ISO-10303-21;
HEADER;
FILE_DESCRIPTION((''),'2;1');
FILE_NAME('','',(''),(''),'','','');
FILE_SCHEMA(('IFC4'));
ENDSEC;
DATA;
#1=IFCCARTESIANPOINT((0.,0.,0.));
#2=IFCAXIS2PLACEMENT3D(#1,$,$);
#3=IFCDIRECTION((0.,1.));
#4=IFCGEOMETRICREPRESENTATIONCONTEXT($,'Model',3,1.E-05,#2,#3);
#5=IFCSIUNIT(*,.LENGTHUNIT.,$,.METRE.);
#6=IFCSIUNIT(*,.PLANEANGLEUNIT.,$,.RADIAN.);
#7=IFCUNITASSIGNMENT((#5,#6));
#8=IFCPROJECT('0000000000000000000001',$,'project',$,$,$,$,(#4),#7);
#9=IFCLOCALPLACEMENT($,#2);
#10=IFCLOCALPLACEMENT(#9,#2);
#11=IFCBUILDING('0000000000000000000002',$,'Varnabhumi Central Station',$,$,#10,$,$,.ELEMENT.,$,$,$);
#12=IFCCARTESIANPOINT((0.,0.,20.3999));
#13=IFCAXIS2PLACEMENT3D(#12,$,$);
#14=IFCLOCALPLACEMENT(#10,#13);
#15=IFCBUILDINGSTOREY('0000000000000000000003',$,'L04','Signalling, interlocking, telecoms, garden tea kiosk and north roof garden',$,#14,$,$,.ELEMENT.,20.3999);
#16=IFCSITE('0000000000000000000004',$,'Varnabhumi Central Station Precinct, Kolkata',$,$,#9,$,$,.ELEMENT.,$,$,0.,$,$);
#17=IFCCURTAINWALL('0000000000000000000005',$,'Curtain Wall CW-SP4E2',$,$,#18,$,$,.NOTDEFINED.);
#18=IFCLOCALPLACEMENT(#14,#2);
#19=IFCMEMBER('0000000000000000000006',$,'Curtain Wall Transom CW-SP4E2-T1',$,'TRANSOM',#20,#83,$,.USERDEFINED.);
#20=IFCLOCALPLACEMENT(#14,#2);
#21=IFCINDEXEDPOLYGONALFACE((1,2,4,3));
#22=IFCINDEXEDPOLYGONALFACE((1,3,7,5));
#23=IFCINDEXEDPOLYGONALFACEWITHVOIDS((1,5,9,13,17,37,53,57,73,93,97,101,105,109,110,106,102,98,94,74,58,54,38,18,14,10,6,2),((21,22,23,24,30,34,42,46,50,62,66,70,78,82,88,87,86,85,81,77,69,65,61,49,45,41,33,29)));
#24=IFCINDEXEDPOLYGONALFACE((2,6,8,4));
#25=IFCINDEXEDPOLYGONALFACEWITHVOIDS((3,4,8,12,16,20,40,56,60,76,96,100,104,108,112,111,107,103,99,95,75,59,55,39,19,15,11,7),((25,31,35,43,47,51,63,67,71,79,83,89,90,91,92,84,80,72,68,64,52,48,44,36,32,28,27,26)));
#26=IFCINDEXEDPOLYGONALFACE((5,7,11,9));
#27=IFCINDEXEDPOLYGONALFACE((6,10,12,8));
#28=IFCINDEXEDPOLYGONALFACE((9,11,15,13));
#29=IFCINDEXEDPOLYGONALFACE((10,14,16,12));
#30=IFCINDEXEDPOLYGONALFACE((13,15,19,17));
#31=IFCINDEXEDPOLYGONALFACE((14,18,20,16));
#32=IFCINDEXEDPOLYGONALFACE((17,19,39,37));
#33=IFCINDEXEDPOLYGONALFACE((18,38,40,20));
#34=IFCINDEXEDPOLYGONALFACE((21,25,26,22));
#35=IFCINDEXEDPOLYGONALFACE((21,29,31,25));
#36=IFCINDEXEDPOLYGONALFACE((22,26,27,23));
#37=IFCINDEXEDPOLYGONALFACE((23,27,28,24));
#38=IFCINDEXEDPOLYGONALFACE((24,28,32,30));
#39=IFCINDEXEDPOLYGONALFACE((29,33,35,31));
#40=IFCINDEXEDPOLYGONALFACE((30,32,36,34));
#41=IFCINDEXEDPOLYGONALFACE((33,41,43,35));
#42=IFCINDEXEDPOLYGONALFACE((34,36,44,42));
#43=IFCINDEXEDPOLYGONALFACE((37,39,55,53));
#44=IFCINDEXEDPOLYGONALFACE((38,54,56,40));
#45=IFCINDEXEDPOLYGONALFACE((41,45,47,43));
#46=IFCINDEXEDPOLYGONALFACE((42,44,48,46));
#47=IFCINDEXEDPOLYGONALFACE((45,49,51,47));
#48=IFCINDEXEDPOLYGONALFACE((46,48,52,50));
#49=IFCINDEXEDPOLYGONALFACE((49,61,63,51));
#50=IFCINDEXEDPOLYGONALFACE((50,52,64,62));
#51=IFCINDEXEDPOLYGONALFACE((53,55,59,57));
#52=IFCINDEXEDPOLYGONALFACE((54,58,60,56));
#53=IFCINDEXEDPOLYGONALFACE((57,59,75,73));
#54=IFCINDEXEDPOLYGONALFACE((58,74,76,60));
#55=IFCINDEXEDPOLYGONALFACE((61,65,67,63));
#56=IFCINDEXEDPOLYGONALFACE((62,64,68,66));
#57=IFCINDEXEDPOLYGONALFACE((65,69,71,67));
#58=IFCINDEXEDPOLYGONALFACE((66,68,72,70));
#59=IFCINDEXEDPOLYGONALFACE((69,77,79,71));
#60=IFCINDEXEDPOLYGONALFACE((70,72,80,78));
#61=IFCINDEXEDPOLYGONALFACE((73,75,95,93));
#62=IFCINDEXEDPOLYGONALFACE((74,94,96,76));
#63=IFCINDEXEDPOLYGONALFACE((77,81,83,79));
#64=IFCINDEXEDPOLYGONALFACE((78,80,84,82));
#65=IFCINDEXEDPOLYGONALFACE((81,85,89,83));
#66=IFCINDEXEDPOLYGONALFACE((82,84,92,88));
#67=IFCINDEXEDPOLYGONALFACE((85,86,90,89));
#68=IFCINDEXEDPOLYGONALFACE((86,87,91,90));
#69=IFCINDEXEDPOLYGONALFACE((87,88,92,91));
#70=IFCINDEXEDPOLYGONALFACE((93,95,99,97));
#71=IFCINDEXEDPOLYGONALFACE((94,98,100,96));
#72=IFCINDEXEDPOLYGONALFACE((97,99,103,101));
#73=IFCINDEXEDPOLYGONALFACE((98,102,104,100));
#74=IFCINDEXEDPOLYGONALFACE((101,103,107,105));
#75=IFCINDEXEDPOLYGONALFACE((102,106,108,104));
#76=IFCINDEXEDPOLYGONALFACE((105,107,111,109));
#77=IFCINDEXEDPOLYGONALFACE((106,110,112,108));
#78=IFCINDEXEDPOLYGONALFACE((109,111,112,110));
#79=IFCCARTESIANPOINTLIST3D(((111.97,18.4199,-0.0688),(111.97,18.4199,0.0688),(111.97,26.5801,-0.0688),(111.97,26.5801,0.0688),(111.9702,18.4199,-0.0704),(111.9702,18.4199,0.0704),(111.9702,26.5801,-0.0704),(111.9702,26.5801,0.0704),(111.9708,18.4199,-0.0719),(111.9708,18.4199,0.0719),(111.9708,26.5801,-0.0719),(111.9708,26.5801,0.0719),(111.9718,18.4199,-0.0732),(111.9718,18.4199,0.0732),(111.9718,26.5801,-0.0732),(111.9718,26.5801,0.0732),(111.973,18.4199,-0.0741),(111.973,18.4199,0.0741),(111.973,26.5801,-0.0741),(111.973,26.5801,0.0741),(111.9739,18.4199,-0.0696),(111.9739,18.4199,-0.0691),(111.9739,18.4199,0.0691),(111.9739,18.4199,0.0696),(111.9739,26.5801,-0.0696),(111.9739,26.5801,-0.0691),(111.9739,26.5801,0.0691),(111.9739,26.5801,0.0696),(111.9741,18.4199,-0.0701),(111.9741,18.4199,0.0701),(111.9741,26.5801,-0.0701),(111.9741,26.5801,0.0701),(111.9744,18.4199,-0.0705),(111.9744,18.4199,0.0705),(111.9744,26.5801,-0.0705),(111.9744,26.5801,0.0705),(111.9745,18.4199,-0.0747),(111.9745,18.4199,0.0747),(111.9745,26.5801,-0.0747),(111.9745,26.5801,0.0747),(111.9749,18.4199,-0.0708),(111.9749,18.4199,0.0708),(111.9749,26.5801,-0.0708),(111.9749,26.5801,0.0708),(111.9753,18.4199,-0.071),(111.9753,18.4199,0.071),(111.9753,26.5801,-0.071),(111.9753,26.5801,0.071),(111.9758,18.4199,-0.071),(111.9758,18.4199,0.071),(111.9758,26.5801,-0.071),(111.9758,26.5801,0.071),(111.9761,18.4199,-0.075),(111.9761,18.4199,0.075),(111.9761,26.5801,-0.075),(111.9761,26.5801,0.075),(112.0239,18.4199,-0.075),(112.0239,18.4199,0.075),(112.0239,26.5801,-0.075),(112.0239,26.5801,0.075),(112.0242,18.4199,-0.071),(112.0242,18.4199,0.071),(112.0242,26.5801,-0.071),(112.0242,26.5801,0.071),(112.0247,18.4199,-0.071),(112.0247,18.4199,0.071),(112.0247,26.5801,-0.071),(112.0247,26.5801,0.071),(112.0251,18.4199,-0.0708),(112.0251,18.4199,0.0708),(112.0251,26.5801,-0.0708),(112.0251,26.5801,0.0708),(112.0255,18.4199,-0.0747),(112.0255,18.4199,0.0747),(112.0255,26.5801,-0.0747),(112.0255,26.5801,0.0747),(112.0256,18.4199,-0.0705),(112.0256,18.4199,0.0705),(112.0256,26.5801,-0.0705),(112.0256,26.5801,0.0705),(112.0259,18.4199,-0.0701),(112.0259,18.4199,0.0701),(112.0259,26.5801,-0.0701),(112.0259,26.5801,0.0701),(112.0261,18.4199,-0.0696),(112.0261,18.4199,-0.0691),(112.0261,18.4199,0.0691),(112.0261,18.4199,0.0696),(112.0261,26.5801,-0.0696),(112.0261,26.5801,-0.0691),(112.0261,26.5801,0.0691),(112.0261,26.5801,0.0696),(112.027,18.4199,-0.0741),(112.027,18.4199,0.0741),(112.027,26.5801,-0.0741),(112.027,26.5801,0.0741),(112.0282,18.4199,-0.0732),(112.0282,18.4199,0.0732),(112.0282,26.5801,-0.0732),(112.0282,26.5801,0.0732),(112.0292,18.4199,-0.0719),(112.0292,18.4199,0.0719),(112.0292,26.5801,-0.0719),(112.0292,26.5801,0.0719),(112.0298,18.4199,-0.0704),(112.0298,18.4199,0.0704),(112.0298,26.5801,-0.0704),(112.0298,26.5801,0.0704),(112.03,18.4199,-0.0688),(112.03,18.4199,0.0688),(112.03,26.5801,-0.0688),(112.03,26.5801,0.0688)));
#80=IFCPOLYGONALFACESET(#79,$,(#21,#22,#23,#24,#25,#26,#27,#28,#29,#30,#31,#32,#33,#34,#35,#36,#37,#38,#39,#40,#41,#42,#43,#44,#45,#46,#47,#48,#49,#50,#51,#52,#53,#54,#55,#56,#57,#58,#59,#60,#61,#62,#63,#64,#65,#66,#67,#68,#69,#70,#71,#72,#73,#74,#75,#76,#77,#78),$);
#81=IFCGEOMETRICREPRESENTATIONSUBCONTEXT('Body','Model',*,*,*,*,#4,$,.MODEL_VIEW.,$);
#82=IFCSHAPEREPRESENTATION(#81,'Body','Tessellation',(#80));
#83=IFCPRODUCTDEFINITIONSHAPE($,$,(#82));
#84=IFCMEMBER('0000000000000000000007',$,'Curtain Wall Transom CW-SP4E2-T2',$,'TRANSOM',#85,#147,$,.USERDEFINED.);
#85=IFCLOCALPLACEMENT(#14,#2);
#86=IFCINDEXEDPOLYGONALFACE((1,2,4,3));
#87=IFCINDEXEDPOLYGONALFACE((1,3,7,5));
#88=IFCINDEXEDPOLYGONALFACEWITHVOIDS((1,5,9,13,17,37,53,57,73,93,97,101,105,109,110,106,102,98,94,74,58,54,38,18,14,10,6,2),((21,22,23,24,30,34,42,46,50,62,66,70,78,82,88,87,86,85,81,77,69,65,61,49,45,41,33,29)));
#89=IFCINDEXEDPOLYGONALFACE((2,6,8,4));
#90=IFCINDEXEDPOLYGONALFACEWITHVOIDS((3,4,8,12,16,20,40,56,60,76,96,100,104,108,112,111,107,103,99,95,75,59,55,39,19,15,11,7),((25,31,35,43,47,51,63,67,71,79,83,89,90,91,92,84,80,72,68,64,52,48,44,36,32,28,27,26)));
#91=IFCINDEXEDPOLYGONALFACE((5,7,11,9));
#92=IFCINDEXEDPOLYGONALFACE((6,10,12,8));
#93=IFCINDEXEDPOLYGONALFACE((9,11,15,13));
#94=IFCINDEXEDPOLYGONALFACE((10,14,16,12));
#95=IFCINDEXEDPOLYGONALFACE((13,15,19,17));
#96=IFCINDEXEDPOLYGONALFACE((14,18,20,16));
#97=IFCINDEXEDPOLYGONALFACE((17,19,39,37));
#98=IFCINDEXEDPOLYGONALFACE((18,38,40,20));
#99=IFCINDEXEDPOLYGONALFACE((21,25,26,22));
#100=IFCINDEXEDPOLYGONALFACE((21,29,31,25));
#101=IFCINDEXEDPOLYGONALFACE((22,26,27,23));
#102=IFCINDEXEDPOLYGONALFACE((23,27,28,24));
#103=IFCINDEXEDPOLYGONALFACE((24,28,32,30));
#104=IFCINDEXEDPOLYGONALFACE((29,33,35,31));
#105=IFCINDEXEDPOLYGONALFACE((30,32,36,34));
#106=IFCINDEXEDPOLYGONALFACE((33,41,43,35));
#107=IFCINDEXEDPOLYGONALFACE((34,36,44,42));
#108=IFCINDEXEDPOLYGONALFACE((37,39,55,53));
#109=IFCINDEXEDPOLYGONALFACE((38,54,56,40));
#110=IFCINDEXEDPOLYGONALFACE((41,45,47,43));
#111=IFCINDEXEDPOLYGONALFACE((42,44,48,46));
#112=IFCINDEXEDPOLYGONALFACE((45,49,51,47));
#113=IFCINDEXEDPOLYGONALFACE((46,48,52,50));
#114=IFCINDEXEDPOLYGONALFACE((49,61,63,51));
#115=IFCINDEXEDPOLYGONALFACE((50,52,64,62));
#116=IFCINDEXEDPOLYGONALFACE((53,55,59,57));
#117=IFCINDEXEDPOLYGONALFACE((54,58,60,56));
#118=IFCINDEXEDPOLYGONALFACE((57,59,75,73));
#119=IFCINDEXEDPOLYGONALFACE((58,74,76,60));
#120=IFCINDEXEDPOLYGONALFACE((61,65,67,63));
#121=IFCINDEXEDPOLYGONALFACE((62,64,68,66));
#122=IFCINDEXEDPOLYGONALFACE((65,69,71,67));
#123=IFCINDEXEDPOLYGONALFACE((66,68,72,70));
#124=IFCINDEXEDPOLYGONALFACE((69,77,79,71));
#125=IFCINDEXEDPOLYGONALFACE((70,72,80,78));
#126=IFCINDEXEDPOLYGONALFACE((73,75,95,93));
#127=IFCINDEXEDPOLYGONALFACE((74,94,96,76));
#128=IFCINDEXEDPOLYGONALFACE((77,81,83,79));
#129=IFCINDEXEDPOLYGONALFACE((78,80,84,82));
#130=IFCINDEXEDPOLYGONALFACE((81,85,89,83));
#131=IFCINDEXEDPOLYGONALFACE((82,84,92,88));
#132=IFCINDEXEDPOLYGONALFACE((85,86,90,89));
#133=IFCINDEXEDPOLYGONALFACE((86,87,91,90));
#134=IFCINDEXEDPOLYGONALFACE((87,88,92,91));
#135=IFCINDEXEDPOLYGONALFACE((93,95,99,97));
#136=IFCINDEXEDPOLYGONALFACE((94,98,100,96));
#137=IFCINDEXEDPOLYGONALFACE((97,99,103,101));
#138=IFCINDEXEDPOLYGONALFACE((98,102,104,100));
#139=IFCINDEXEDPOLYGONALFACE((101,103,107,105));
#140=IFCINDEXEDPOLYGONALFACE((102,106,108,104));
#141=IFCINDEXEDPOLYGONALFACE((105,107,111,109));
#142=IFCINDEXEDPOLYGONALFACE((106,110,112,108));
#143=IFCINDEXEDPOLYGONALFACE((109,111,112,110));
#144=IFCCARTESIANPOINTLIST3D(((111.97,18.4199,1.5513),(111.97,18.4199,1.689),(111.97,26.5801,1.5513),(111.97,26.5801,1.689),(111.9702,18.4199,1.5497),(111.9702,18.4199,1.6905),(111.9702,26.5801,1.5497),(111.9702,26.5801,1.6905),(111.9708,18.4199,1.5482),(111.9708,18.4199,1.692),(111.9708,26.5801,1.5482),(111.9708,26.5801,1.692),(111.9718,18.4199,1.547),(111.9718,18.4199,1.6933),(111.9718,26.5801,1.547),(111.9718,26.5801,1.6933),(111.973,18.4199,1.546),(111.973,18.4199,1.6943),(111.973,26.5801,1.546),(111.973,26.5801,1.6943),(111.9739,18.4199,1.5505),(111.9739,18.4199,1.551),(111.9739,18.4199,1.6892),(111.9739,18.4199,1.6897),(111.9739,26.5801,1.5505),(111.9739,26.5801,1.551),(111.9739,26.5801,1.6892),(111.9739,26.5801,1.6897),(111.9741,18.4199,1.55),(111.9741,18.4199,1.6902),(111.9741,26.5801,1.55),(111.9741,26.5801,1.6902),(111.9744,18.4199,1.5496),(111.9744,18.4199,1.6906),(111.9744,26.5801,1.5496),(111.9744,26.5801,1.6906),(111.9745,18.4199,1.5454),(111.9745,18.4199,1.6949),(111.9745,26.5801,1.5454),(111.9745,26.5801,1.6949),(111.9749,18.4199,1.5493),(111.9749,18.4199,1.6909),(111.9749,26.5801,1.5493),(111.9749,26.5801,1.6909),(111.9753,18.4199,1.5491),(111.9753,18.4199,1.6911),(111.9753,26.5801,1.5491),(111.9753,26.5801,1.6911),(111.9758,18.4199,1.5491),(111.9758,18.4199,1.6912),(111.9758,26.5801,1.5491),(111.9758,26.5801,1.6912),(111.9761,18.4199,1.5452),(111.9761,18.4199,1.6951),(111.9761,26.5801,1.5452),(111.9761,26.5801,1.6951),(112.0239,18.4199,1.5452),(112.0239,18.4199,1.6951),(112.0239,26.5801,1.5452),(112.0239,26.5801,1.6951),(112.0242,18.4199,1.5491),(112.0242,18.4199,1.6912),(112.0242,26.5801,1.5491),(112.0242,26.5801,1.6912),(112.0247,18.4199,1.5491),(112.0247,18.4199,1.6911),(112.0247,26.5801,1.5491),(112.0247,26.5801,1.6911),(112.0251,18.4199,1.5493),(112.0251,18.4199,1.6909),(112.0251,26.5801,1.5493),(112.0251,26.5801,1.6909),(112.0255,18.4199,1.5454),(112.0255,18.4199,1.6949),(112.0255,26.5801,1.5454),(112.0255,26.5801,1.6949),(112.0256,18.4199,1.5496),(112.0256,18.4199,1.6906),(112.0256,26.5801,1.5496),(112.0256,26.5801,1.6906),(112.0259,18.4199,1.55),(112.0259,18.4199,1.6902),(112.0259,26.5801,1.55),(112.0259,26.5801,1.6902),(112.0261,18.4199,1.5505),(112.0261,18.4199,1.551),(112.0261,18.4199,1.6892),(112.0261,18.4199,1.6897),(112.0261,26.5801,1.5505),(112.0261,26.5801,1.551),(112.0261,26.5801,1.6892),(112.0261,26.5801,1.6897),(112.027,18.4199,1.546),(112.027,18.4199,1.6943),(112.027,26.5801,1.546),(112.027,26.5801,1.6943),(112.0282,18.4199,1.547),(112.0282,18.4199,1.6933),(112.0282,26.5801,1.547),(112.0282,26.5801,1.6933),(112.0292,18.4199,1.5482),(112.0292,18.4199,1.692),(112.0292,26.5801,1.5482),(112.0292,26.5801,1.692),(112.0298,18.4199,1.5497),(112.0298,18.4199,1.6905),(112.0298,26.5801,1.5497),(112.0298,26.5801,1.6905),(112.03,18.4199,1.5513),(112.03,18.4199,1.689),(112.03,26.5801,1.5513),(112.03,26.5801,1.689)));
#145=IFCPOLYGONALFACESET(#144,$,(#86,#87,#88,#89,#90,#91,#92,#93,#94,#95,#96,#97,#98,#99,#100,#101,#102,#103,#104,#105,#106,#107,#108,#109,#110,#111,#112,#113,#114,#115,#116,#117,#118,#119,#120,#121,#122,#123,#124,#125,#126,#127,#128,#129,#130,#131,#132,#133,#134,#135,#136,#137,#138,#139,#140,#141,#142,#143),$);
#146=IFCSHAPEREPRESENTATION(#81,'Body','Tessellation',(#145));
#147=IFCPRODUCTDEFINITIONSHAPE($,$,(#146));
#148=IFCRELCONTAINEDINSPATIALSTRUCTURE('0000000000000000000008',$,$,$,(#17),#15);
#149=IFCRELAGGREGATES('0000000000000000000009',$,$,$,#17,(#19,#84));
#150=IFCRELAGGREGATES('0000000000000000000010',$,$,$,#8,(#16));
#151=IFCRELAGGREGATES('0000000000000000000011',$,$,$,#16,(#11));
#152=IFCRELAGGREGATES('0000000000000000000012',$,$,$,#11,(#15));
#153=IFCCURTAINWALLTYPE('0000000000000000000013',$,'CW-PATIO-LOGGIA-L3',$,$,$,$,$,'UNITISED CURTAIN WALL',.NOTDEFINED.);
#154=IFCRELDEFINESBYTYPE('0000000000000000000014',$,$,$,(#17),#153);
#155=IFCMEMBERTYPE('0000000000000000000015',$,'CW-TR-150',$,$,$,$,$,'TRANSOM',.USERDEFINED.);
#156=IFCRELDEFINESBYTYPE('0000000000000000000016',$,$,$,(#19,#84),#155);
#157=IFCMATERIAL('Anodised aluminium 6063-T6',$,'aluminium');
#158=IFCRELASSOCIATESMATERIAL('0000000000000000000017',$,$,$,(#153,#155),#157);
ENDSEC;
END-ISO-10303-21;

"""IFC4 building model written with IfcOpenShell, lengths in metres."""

from ifc_helpers import new_model, si_unit, direction, frame, origin, origin_2d, place, context, subcontext, project, spatial, hollow_rectangle, extrude, material, material_profile, profile_set, type_object, element, aggregate, save


model = new_model("IFC4")

# Units and contexts
model_context = context("Model", 3, precision=1e-05, world=origin(), true_north=direction((0.0, 1.0)))
body_context = subcontext(model_context, "Body", "Model", "MODEL_VIEW")
ifc_project = project(units=[si_unit("LENGTHUNIT", "METRE"), si_unit("PLANEANGLEUNIT", "RADIAN")], contexts=[model_context])

# Site, building, storey
site_placement = place(None, origin())
site = spatial("IfcSite", under=ifc_project, at=site_placement, Name="Varnabhumi Central Station Precinct, Kolkata", CompositionType="ELEMENT", RefElevation=0.0)
building_placement = place(site_placement, origin())
building = spatial("IfcBuilding", under=site, at=building_placement, Name="Varnabhumi Central Station", CompositionType="ELEMENT")
storey_placement = place(building_placement, frame((0.0, 0.0, 20.3999)))
storey = spatial("IfcBuildingStorey", under=building, at=storey_placement, Name="L04", Description="Signalling, interlocking, telecoms, garden tea kiosk and north roof garden", CompositionType="ELEMENT", Elevation=20.3999)

# Curtain wall
ifc_material_1 = material(Name="Anodised aluminium 6063-T6", Category="aluminium")
curtain_wall_type = type_object("IfcCurtainWallType", Name="CW-PATIO-LOGGIA-L3", ElementType="UNITISED CURTAIN WALL", PredefinedType="NOTDEFINED", material=ifc_material_1)
curtain_wall_1_placement = place(storey_placement, origin())
curtain_wall_1 = element("IfcCurtainWall", 1, at=curtain_wall_1_placement, inside=storey, type_object=curtain_wall_type, Name="Curtain Wall CW-SP4E2", PredefinedType="NOTDEFINED")

# Members
ifc_material_profile_1 = material_profile(ifc_material_1, hollow_rectangle(XDim=0.0601, YDim=0.1499, WallThickness=0.0039, InnerFilletRadius=0.002, OuterFilletRadius=0.0061, at=origin_2d()), Name="Anodised aluminium 6063-T6", Category="aluminium")
ifc_profile_set_1 = profile_set([ifc_material_profile_1], Name="Anodised aluminium 6063-T6")
member_type_1 = type_object("IfcMemberType", Name="CW-TR-150", ElementType="TRANSOM", PredefinedType="USERDEFINED", material=ifc_profile_set_1)
member_1_placement = place(storey_placement, frame((112.0, 18.4199, 0.0), z_axis=(0.0, 1.0, 0.0), x_axis=(-1.0, 0.0, 0.0)))
member_1 = element("IfcMember", 2, at=member_1_placement, type_object=member_type_1, Name="Curtain Wall Transom CW-SP4E2-T1", ObjectType="TRANSOM", PredefinedType="USERDEFINED", context=body_context, shape_type="SweptSolid", body=[
    extrude(hollow_rectangle(XDim=0.0601, YDim=0.1499, WallThickness=0.0039, InnerFilletRadius=0.002, OuterFilletRadius=0.0061, at=origin_2d()), origin(), (0.0, 0.0, 1.0), 8.1602),
])
member_2_placement = place(storey_placement, frame((112.0, 18.4199, 1.6201), z_axis=(0.0, 1.0, 0.0), x_axis=(-1.0, 0.0, 0.0)))
member_2 = element("IfcMember", 3, at=member_2_placement, type_object=member_type_1, Name="Curtain Wall Transom CW-SP4E2-T2", ObjectType="TRANSOM", PredefinedType="USERDEFINED", context=body_context, shape_type="SweptSolid", body=[
    extrude(hollow_rectangle(XDim=0.0601, YDim=0.1499, WallThickness=0.0039, InnerFilletRadius=0.002, OuterFilletRadius=0.0061, at=origin_2d()), origin(), (0.0, 0.0, 1.0), 8.1602),
])

aggregate(curtain_wall_1, [member_1, member_2])

save(model, "model.ifc")
